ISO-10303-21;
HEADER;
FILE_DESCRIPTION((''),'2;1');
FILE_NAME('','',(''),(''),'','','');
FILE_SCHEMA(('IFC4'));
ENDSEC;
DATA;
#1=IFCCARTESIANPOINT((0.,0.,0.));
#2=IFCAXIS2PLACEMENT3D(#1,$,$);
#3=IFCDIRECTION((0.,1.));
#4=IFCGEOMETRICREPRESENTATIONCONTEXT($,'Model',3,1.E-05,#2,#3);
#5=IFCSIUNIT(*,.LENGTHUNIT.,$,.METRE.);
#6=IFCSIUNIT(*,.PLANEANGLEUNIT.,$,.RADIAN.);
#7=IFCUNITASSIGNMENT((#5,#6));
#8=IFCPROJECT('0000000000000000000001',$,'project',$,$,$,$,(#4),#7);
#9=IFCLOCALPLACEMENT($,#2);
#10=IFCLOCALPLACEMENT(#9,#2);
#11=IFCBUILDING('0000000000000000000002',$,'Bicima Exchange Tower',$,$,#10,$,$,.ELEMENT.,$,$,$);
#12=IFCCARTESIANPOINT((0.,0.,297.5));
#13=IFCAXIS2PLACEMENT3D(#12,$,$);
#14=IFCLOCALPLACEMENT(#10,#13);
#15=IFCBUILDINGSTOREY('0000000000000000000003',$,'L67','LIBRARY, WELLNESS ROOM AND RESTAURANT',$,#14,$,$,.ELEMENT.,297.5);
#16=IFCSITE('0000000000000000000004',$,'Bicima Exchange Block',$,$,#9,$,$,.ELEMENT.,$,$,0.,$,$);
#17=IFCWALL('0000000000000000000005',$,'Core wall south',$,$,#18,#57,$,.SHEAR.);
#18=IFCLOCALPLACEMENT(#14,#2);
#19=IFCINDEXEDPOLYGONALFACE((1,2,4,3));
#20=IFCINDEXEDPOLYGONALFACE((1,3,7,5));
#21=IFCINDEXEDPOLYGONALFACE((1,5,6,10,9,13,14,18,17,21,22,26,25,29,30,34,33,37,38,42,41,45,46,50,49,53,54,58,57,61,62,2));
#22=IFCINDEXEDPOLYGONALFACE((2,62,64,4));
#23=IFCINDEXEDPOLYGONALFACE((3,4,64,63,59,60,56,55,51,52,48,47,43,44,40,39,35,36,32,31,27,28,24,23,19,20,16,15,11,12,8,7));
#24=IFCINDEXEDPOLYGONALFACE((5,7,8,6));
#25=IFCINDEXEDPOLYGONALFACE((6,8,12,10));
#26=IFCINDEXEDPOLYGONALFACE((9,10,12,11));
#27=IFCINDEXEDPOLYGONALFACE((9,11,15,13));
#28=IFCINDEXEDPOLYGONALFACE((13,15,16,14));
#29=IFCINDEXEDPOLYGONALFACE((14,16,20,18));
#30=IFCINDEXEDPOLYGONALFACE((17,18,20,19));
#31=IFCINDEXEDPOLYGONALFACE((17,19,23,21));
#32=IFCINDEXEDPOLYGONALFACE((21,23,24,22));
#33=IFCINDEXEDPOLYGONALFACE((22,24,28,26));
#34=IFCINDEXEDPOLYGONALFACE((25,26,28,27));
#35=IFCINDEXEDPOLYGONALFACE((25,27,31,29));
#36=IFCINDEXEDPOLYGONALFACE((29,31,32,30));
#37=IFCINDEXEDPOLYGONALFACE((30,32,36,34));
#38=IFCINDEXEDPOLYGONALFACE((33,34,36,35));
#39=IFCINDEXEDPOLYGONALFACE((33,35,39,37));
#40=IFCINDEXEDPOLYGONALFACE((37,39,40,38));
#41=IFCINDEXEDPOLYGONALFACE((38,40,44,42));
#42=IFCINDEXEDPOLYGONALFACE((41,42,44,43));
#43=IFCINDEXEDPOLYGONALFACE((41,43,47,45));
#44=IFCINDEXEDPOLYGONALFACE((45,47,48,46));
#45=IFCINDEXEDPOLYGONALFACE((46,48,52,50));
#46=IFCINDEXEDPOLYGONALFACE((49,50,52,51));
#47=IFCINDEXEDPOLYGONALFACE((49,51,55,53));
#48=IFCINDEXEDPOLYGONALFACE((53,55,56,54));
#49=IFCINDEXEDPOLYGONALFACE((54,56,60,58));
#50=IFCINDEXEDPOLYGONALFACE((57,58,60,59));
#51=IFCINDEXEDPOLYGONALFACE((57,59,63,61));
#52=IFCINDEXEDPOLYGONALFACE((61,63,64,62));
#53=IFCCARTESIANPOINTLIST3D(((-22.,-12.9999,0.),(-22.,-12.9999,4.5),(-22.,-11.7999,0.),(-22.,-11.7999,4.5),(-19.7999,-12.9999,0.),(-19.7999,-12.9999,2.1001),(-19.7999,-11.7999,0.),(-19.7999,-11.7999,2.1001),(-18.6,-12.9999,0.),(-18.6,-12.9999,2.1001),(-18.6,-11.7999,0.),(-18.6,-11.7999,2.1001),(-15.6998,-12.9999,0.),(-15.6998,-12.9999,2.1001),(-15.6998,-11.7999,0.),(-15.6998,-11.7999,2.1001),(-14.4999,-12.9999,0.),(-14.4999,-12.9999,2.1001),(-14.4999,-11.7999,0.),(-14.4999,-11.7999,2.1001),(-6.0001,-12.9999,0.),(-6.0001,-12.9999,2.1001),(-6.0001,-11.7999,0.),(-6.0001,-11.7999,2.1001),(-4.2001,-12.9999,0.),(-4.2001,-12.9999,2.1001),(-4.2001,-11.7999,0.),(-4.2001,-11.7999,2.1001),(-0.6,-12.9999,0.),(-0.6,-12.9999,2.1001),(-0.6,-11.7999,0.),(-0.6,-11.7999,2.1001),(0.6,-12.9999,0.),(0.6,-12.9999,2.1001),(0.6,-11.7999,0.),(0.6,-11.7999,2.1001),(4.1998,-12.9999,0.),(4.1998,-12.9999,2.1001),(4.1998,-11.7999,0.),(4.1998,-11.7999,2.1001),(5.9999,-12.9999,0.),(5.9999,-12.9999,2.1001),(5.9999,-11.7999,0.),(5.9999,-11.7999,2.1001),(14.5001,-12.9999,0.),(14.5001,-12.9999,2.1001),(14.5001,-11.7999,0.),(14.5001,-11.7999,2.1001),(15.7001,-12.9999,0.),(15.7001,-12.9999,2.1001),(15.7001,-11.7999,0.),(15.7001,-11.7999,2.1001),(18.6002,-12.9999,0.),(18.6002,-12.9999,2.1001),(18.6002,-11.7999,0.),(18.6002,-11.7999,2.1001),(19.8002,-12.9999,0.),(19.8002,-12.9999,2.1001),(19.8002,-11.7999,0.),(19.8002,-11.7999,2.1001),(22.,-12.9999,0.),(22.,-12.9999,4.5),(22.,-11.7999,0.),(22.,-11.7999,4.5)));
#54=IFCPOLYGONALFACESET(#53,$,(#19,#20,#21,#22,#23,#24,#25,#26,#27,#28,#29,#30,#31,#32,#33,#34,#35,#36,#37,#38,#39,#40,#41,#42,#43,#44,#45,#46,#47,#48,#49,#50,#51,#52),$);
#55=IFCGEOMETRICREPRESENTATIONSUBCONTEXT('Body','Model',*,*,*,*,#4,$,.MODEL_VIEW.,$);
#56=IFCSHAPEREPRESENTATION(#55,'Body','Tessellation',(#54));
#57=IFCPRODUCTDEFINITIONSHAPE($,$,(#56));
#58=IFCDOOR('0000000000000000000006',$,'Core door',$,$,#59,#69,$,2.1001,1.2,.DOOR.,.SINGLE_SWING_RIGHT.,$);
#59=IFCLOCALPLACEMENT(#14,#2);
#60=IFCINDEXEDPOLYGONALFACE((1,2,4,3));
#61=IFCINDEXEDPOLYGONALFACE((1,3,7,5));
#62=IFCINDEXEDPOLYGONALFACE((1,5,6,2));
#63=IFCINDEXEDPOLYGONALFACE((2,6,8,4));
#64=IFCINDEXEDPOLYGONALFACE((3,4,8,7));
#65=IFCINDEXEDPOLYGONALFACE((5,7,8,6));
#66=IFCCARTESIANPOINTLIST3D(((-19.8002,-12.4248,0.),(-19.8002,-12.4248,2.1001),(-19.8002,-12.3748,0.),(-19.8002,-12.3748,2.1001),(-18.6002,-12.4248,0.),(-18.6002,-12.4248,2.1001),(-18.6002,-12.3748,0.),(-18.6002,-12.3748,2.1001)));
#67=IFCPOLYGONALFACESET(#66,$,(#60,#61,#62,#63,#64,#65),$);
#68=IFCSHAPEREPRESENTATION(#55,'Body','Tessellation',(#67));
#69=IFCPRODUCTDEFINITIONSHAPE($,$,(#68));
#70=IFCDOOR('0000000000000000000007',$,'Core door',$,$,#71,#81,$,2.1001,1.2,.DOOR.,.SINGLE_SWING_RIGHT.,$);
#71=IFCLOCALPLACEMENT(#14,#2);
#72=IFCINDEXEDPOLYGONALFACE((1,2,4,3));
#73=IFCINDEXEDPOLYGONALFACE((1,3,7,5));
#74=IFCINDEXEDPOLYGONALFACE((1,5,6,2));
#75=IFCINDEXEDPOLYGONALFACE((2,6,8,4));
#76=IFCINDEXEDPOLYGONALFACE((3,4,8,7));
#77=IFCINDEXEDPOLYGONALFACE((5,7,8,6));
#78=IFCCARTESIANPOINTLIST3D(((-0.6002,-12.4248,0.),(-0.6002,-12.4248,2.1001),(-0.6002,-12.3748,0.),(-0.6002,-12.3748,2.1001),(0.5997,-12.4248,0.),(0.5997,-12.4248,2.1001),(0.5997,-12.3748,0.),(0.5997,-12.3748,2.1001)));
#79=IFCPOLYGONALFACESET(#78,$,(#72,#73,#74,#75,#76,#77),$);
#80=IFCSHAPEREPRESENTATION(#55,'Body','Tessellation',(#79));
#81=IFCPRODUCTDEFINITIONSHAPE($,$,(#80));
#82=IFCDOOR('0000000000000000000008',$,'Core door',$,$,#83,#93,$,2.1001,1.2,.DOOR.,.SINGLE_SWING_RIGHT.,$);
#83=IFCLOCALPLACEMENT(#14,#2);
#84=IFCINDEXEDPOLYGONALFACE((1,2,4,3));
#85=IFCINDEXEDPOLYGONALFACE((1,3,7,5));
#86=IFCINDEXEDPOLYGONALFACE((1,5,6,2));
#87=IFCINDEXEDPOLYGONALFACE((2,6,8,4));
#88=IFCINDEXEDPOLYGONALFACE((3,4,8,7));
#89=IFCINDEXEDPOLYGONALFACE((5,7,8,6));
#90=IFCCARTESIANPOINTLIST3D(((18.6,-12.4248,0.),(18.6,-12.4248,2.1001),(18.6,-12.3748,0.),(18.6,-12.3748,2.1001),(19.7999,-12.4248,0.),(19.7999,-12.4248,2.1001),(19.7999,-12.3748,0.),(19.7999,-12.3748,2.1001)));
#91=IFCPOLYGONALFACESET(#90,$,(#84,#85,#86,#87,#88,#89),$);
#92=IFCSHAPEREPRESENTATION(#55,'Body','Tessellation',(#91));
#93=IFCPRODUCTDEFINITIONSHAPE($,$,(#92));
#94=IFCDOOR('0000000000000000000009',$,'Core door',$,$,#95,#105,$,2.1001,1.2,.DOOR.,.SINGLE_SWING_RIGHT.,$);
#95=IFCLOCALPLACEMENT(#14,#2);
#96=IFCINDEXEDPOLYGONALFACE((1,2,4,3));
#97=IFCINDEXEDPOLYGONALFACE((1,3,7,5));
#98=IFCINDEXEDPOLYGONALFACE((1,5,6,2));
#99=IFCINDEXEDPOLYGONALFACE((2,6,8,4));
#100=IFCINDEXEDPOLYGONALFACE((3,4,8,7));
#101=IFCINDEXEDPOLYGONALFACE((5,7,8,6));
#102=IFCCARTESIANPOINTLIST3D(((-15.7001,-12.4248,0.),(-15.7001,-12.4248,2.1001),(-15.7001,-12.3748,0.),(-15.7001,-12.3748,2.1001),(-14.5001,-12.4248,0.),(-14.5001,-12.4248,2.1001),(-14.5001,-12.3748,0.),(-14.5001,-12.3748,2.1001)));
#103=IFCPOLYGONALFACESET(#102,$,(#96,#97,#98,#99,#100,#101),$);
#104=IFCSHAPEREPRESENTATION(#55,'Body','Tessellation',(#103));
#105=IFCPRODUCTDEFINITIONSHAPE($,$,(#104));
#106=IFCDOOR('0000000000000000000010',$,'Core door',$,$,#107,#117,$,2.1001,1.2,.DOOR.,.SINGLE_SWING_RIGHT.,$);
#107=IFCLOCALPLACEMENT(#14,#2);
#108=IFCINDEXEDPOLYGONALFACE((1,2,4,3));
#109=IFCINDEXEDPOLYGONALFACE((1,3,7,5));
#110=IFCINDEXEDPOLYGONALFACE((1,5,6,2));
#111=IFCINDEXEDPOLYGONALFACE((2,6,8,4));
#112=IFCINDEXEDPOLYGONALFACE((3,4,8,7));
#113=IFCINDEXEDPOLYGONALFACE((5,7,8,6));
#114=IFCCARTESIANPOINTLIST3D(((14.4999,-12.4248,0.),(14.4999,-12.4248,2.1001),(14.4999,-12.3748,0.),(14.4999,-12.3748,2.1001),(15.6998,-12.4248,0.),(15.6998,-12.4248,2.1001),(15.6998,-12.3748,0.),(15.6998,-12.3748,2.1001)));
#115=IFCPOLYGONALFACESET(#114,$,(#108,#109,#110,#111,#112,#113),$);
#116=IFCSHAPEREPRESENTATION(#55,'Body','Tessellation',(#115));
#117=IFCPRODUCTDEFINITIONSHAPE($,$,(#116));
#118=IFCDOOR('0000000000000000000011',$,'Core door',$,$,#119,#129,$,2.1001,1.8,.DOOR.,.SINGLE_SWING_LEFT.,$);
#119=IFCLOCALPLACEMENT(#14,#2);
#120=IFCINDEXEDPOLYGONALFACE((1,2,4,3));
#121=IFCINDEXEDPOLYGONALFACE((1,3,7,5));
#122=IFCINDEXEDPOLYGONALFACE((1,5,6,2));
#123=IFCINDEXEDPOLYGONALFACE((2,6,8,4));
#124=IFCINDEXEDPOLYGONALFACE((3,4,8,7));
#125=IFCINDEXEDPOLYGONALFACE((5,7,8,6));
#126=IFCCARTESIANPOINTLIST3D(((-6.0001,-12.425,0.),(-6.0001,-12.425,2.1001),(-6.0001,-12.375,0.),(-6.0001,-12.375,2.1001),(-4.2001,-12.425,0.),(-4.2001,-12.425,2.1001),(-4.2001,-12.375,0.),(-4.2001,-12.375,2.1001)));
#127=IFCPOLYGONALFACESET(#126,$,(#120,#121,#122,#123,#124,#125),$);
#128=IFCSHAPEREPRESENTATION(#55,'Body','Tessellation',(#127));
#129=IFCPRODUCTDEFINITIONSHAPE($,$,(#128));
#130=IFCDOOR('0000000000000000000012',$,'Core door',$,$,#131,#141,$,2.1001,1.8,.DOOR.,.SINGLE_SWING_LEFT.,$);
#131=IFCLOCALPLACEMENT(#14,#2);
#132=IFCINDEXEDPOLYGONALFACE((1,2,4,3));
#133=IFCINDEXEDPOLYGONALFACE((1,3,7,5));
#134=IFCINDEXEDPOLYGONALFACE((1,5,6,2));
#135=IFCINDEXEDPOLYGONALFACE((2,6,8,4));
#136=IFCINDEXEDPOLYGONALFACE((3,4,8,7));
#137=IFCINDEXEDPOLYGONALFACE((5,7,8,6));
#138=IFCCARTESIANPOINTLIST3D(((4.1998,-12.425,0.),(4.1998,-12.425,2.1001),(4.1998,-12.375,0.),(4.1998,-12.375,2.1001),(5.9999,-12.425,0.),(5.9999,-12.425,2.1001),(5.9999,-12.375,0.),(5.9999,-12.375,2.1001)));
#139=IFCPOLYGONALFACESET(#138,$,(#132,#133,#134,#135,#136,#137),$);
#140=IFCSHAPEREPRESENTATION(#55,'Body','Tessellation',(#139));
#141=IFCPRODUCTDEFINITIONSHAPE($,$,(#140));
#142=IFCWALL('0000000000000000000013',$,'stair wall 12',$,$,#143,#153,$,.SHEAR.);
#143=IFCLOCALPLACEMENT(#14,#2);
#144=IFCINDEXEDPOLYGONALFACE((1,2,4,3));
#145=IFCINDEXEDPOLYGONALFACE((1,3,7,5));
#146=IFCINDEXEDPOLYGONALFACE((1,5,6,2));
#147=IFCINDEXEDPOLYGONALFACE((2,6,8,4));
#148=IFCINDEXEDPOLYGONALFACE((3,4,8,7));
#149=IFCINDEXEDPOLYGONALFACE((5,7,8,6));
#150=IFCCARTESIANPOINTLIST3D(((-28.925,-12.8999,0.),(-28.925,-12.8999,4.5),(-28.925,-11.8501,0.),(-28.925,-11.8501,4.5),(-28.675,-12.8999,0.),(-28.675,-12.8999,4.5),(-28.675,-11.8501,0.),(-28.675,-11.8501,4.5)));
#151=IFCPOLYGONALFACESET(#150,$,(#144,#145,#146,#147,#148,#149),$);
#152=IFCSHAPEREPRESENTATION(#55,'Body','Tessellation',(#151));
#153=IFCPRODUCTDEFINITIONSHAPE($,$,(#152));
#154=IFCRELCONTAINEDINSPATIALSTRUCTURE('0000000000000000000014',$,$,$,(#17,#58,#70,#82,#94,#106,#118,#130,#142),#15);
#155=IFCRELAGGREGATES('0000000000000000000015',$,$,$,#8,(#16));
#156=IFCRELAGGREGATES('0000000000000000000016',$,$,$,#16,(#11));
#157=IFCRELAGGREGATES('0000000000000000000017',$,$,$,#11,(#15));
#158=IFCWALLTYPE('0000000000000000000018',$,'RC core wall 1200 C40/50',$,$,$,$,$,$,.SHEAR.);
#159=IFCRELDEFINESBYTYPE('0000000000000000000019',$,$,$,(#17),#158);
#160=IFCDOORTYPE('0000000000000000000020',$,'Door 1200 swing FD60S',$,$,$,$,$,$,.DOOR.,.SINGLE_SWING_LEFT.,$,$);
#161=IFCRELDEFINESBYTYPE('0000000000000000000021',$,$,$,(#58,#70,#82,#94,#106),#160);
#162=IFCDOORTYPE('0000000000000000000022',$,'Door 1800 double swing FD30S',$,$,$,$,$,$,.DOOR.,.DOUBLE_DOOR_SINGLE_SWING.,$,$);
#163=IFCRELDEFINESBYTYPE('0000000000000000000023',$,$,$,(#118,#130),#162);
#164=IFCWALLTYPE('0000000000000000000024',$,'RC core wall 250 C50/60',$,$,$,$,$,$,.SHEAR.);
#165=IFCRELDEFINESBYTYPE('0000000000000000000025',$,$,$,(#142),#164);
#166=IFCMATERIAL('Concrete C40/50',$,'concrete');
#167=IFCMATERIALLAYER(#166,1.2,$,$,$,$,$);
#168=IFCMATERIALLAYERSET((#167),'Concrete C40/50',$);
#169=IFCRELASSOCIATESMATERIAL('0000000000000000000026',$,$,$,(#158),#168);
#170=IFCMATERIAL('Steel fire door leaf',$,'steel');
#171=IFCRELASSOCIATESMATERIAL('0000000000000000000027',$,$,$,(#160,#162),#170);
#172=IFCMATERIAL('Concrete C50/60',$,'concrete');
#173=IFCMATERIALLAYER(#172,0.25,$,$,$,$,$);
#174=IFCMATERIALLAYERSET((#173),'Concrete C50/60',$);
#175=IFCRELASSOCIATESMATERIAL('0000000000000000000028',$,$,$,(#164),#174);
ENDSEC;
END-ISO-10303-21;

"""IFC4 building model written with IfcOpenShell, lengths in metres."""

from ifc_helpers import new_model, si_unit, direction, frame, frame_2d, origin, place, context, subcontext, project, spatial, rectangle, extrude, material, layer, layer_set, type_object, element, fill, save


model = new_model("IFC4")

# Units and contexts
model_context = context("Model", 3, precision=1e-05, world=origin(), true_north=direction((0.0, 1.0)))
body_context = subcontext(model_context, "Body", "Model", "MODEL_VIEW")
ifc_project = project(units=[si_unit("LENGTHUNIT", "METRE"), si_unit("PLANEANGLEUNIT", "RADIAN")], contexts=[model_context])

# Site, building, storey
site_placement = place(None, origin())
site = spatial("IfcSite", under=ifc_project, at=site_placement, Name="Bicima Exchange Block", CompositionType="ELEMENT", RefElevation=0.0)
building_placement = place(site_placement, origin())
building = spatial("IfcBuilding", under=site, at=building_placement, Name="Bicima Exchange Tower", CompositionType="ELEMENT")
storey_placement = place(building_placement, frame((0.0, 0.0, 297.5)))
storey = spatial("IfcBuildingStorey", under=building, at=storey_placement, Name="L67", Description="LIBRARY, WELLNESS ROOM AND RESTAURANT", CompositionType="ELEMENT", Elevation=297.5)

# Wall, openings, doors
ifc_material_1 = material(Name="Concrete C40/50", Category="concrete")
ifc_layer_1 = layer(ifc_material_1, 1.2)
ifc_layer_set_1 = layer_set([ifc_layer_1], Name="Concrete C40/50")
wall_type_1 = type_object("IfcWallType", Name="RC core wall 1200 C40/50", PredefinedType="SHEAR", material=ifc_layer_set_1)
wall_1_placement = place(storey_placement, frame((-22.0, -12.3999, 0.0), z_axis=(0.0, 0.0, 1.0), x_axis=(1.0, 0.0, 0.0)))
wall_1 = element("IfcWall", 1, at=wall_1_placement, inside=storey, type_object=wall_type_1, Name="Core wall south", PredefinedType="SHEAR", context=body_context, shape_type="SweptSolid", body=[
    extrude(rectangle(XDim=44.0, YDim=1.2, at=frame_2d((22.0, 0.0))), origin(), (0.0, 0.0, 1.0), 4.5),
])
opening_1_placement = place(wall_1_placement, frame((2.2, 0.0, 0.0)))
opening_1 = element("IfcOpeningElement", 2, at=opening_1_placement, cuts=wall_1, PredefinedType="OPENING", context=body_context, shape_type="SweptSolid", body=[
    extrude(rectangle(XDim=1.2, YDim=2.1001, at=frame_2d((0.6001, 1.05))), frame((0.0, 0.6118, 0.0), z_axis=(0.0, -1.0, 0.0), x_axis=(1.0, 0.0, 0.0)), (0.0, 0.0, 1.0), 1.2239),
])
opening_2_placement = place(wall_1_placement, frame((21.3999, 0.0, 0.0)))
opening_2 = element("IfcOpeningElement", 3, at=opening_2_placement, cuts=wall_1, PredefinedType="OPENING", context=body_context, shape_type="SweptSolid", body=[
    extrude(rectangle(XDim=1.2, YDim=2.1001, at=frame_2d((0.6001, 1.05))), frame((0.0, 0.6118, 0.0), z_axis=(0.0, -1.0, 0.0), x_axis=(1.0, 0.0, 0.0)), (0.0, 0.0, 1.0), 1.2239),
])
opening_3_placement = place(wall_1_placement, frame((40.6001, 0.0, 0.0)))
opening_3 = element("IfcOpeningElement", 4, at=opening_3_placement, cuts=wall_1, PredefinedType="OPENING", context=body_context, shape_type="SweptSolid", body=[
    extrude(rectangle(XDim=1.2, YDim=2.1001, at=frame_2d((0.6001, 1.05))), frame((0.0, 0.6118, 0.0), z_axis=(0.0, -1.0, 0.0), x_axis=(1.0, 0.0, 0.0)), (0.0, 0.0, 1.0), 1.2239),
])
opening_4_placement = place(wall_1_placement, frame((16.0, 0.0, 0.0)))
opening_4 = element("IfcOpeningElement", 5, at=opening_4_placement, cuts=wall_1, PredefinedType="OPENING", context=body_context, shape_type="SweptSolid", body=[
    extrude(rectangle(XDim=1.8, YDim=2.1001, at=frame_2d((0.8999, 1.05))), frame((0.0, 0.6118, 0.0), z_axis=(0.0, -1.0, 0.0), x_axis=(1.0, 0.0, 0.0)), (0.0, 0.0, 1.0), 1.2239),
])
opening_5_placement = place(wall_1_placement, frame((6.3, 0.0, 0.0)))
opening_5 = element("IfcOpeningElement", 6, at=opening_5_placement, cuts=wall_1, PredefinedType="OPENING", context=body_context, shape_type="SweptSolid", body=[
    extrude(rectangle(XDim=1.2, YDim=2.1001, at=frame_2d((0.6001, 1.05))), frame((0.0, 0.6118, 0.0), z_axis=(0.0, -1.0, 0.0), x_axis=(1.0, 0.0, 0.0)), (0.0, 0.0, 1.0), 1.2239),
])
opening_6_placement = place(wall_1_placement, frame((26.2, 0.0, 0.0)))
opening_6 = element("IfcOpeningElement", 7, at=opening_6_placement, cuts=wall_1, PredefinedType="OPENING", context=body_context, shape_type="SweptSolid", body=[
    extrude(rectangle(XDim=1.8, YDim=2.1001, at=frame_2d((0.8999, 1.05))), frame((0.0, 0.6118, 0.0), z_axis=(0.0, -1.0, 0.0), x_axis=(1.0, 0.0, 0.0)), (0.0, 0.0, 1.0), 1.2239),
])
opening_7_placement = place(wall_1_placement, frame((36.5, 0.0, 0.0)))
opening_7 = element("IfcOpeningElement", 8, at=opening_7_placement, cuts=wall_1, PredefinedType="OPENING", context=body_context, shape_type="SweptSolid", body=[
    extrude(rectangle(XDim=1.2, YDim=2.1001, at=frame_2d((0.6001, 1.05))), frame((0.0, 0.6118, 0.0), z_axis=(0.0, -1.0, 0.0), x_axis=(1.0, 0.0, 0.0)), (0.0, 0.0, 1.0), 1.2239),
])
ifc_material_2 = material(Name="Steel fire door leaf", Category="steel")
door_type_1 = type_object("IfcDoorType", Name="Door 1200 swing FD60S", OperationType="SINGLE_SWING_LEFT", PredefinedType="DOOR", material=ifc_material_2)
door_1_placement = place(opening_1_placement, frame((1.2, 0.0, 0.0), z_axis=(0.0, 0.0, 1.0), x_axis=(-1.0, 0.0, 0.0)))
door_1 = element("IfcDoor", 9, at=door_1_placement, inside=storey, type_object=door_type_1, Name="Core door", OperationType="SINGLE_SWING_RIGHT", OverallHeight=2.1001, OverallWidth=1.2, PredefinedType="DOOR", context=body_context, shape_type="SweptSolid", body=[
    extrude(rectangle(XDim=1.2, YDim=2.1001, at=frame_2d((0.6001, 1.05))), frame((0.0, 0.0249, 0.0), z_axis=(0.0, -1.0, 0.0), x_axis=(1.0, 0.0, 0.0)), (0.0, 0.0, 1.0), 0.05),
])
fill(opening_1, door_1)
door_2_placement = place(opening_2_placement, frame((1.2, 0.0, 0.0), z_axis=(0.0, 0.0, 1.0), x_axis=(-1.0, 0.0, 0.0)))
door_2 = element("IfcDoor", 10, at=door_2_placement, inside=storey, type_object=door_type_1, Name="Core door", OperationType="SINGLE_SWING_RIGHT", OverallHeight=2.1001, OverallWidth=1.2, PredefinedType="DOOR", context=body_context, shape_type="SweptSolid", body=[
    extrude(rectangle(XDim=1.2, YDim=2.1001, at=frame_2d((0.6001, 1.05))), frame((0.0, 0.0249, 0.0), z_axis=(0.0, -1.0, 0.0), x_axis=(1.0, 0.0, 0.0)), (0.0, 0.0, 1.0), 0.05),
])
fill(opening_2, door_2)
door_3_placement = place(opening_3_placement, frame((1.2, 0.0, 0.0), z_axis=(0.0, 0.0, 1.0), x_axis=(-1.0, 0.0, 0.0)))
door_3 = element("IfcDoor", 11, at=door_3_placement, inside=storey, type_object=door_type_1, Name="Core door", OperationType="SINGLE_SWING_RIGHT", OverallHeight=2.1001, OverallWidth=1.2, PredefinedType="DOOR", context=body_context, shape_type="SweptSolid", body=[
    extrude(rectangle(XDim=1.2, YDim=2.1001, at=frame_2d((0.6001, 1.05))), frame((0.0, 0.0249, 0.0), z_axis=(0.0, -1.0, 0.0), x_axis=(1.0, 0.0, 0.0)), (0.0, 0.0, 1.0), 0.05),
])
fill(opening_3, door_3)
door_4_placement = place(opening_5_placement, frame((1.2, 0.0, 0.0), z_axis=(0.0, 0.0, 1.0), x_axis=(-1.0, 0.0, 0.0)))
door_4 = element("IfcDoor", 12, at=door_4_placement, inside=storey, type_object=door_type_1, Name="Core door", OperationType="SINGLE_SWING_RIGHT", OverallHeight=2.1001, OverallWidth=1.2, PredefinedType="DOOR", context=body_context, shape_type="SweptSolid", body=[
    extrude(rectangle(XDim=1.2, YDim=2.1001, at=frame_2d((0.6001, 1.05))), frame((0.0, 0.0249, 0.0), z_axis=(0.0, -1.0, 0.0), x_axis=(1.0, 0.0, 0.0)), (0.0, 0.0, 1.0), 0.05),
])
fill(opening_5, door_4)
door_5_placement = place(opening_7_placement, frame((1.2, 0.0, 0.0), z_axis=(0.0, 0.0, 1.0), x_axis=(-1.0, 0.0, 0.0)))
door_5 = element("IfcDoor", 13, at=door_5_placement, inside=storey, type_object=door_type_1, Name="Core door", OperationType="SINGLE_SWING_RIGHT", OverallHeight=2.1001, OverallWidth=1.2, PredefinedType="DOOR", context=body_context, shape_type="SweptSolid", body=[
    extrude(rectangle(XDim=1.2, YDim=2.1001, at=frame_2d((0.6001, 1.05))), frame((0.0, 0.0249, 0.0), z_axis=(0.0, -1.0, 0.0), x_axis=(1.0, 0.0, 0.0)), (0.0, 0.0, 1.0), 0.05),
])
fill(opening_7, door_5)
door_type_2 = type_object("IfcDoorType", Name="Door 1800 double swing FD30S", OperationType="DOUBLE_DOOR_SINGLE_SWING", PredefinedType="DOOR", material=ifc_material_2)
door_6_placement = place(opening_4_placement, origin())
door_6 = element("IfcDoor", 14, at=door_6_placement, inside=storey, type_object=door_type_2, Name="Core door", OperationType="SINGLE_SWING_LEFT", OverallHeight=2.1001, OverallWidth=1.8, PredefinedType="DOOR", context=body_context, shape_type="SweptSolid", body=[
    extrude(rectangle(XDim=1.8, YDim=2.1001, at=frame_2d((0.8999, 1.05))), frame((0.0, 0.0249, 0.0), z_axis=(0.0, -1.0, 0.0), x_axis=(1.0, 0.0, 0.0)), (0.0, 0.0, 1.0), 0.05),
])
fill(opening_4, door_6)
door_7_placement = place(opening_6_placement, origin())
door_7 = element("IfcDoor", 15, at=door_7_placement, inside=storey, type_object=door_type_2, Name="Core door", OperationType="SINGLE_SWING_LEFT", OverallHeight=2.1001, OverallWidth=1.8, PredefinedType="DOOR", context=body_context, shape_type="SweptSolid", body=[
    extrude(rectangle(XDim=1.8, YDim=2.1001, at=frame_2d((0.8999, 1.05))), frame((0.0, 0.0249, 0.0), z_axis=(0.0, -1.0, 0.0), x_axis=(1.0, 0.0, 0.0)), (0.0, 0.0, 1.0), 0.05),
])
fill(opening_6, door_7)

# Wall
ifc_material_3 = material(Name="Concrete C50/60", Category="concrete")
ifc_layer_2 = layer(ifc_material_3, 0.25)
ifc_layer_set_2 = layer_set([ifc_layer_2], Name="Concrete C50/60")
wall_type_2 = type_object("IfcWallType", Name="RC core wall 250 C50/60", PredefinedType="SHEAR", material=ifc_layer_set_2)
wall_2_placement = place(storey_placement, frame((-28.8, -12.8999, 0.0), z_axis=(0.0, 0.0, 1.0), x_axis=(0.0, 1.0, 0.0)))
element("IfcWall", 16, at=wall_2_placement, inside=storey, type_object=wall_type_2, Name="stair wall 12", PredefinedType="SHEAR", context=body_context, shape_type="SweptSolid", body=[
    extrude(rectangle(XDim=1.0498, YDim=0.25, at=frame_2d((0.5249, 0.0))), origin(), (0.0, 0.0, 1.0), 4.5),
])

save(model, "model.ifc")
